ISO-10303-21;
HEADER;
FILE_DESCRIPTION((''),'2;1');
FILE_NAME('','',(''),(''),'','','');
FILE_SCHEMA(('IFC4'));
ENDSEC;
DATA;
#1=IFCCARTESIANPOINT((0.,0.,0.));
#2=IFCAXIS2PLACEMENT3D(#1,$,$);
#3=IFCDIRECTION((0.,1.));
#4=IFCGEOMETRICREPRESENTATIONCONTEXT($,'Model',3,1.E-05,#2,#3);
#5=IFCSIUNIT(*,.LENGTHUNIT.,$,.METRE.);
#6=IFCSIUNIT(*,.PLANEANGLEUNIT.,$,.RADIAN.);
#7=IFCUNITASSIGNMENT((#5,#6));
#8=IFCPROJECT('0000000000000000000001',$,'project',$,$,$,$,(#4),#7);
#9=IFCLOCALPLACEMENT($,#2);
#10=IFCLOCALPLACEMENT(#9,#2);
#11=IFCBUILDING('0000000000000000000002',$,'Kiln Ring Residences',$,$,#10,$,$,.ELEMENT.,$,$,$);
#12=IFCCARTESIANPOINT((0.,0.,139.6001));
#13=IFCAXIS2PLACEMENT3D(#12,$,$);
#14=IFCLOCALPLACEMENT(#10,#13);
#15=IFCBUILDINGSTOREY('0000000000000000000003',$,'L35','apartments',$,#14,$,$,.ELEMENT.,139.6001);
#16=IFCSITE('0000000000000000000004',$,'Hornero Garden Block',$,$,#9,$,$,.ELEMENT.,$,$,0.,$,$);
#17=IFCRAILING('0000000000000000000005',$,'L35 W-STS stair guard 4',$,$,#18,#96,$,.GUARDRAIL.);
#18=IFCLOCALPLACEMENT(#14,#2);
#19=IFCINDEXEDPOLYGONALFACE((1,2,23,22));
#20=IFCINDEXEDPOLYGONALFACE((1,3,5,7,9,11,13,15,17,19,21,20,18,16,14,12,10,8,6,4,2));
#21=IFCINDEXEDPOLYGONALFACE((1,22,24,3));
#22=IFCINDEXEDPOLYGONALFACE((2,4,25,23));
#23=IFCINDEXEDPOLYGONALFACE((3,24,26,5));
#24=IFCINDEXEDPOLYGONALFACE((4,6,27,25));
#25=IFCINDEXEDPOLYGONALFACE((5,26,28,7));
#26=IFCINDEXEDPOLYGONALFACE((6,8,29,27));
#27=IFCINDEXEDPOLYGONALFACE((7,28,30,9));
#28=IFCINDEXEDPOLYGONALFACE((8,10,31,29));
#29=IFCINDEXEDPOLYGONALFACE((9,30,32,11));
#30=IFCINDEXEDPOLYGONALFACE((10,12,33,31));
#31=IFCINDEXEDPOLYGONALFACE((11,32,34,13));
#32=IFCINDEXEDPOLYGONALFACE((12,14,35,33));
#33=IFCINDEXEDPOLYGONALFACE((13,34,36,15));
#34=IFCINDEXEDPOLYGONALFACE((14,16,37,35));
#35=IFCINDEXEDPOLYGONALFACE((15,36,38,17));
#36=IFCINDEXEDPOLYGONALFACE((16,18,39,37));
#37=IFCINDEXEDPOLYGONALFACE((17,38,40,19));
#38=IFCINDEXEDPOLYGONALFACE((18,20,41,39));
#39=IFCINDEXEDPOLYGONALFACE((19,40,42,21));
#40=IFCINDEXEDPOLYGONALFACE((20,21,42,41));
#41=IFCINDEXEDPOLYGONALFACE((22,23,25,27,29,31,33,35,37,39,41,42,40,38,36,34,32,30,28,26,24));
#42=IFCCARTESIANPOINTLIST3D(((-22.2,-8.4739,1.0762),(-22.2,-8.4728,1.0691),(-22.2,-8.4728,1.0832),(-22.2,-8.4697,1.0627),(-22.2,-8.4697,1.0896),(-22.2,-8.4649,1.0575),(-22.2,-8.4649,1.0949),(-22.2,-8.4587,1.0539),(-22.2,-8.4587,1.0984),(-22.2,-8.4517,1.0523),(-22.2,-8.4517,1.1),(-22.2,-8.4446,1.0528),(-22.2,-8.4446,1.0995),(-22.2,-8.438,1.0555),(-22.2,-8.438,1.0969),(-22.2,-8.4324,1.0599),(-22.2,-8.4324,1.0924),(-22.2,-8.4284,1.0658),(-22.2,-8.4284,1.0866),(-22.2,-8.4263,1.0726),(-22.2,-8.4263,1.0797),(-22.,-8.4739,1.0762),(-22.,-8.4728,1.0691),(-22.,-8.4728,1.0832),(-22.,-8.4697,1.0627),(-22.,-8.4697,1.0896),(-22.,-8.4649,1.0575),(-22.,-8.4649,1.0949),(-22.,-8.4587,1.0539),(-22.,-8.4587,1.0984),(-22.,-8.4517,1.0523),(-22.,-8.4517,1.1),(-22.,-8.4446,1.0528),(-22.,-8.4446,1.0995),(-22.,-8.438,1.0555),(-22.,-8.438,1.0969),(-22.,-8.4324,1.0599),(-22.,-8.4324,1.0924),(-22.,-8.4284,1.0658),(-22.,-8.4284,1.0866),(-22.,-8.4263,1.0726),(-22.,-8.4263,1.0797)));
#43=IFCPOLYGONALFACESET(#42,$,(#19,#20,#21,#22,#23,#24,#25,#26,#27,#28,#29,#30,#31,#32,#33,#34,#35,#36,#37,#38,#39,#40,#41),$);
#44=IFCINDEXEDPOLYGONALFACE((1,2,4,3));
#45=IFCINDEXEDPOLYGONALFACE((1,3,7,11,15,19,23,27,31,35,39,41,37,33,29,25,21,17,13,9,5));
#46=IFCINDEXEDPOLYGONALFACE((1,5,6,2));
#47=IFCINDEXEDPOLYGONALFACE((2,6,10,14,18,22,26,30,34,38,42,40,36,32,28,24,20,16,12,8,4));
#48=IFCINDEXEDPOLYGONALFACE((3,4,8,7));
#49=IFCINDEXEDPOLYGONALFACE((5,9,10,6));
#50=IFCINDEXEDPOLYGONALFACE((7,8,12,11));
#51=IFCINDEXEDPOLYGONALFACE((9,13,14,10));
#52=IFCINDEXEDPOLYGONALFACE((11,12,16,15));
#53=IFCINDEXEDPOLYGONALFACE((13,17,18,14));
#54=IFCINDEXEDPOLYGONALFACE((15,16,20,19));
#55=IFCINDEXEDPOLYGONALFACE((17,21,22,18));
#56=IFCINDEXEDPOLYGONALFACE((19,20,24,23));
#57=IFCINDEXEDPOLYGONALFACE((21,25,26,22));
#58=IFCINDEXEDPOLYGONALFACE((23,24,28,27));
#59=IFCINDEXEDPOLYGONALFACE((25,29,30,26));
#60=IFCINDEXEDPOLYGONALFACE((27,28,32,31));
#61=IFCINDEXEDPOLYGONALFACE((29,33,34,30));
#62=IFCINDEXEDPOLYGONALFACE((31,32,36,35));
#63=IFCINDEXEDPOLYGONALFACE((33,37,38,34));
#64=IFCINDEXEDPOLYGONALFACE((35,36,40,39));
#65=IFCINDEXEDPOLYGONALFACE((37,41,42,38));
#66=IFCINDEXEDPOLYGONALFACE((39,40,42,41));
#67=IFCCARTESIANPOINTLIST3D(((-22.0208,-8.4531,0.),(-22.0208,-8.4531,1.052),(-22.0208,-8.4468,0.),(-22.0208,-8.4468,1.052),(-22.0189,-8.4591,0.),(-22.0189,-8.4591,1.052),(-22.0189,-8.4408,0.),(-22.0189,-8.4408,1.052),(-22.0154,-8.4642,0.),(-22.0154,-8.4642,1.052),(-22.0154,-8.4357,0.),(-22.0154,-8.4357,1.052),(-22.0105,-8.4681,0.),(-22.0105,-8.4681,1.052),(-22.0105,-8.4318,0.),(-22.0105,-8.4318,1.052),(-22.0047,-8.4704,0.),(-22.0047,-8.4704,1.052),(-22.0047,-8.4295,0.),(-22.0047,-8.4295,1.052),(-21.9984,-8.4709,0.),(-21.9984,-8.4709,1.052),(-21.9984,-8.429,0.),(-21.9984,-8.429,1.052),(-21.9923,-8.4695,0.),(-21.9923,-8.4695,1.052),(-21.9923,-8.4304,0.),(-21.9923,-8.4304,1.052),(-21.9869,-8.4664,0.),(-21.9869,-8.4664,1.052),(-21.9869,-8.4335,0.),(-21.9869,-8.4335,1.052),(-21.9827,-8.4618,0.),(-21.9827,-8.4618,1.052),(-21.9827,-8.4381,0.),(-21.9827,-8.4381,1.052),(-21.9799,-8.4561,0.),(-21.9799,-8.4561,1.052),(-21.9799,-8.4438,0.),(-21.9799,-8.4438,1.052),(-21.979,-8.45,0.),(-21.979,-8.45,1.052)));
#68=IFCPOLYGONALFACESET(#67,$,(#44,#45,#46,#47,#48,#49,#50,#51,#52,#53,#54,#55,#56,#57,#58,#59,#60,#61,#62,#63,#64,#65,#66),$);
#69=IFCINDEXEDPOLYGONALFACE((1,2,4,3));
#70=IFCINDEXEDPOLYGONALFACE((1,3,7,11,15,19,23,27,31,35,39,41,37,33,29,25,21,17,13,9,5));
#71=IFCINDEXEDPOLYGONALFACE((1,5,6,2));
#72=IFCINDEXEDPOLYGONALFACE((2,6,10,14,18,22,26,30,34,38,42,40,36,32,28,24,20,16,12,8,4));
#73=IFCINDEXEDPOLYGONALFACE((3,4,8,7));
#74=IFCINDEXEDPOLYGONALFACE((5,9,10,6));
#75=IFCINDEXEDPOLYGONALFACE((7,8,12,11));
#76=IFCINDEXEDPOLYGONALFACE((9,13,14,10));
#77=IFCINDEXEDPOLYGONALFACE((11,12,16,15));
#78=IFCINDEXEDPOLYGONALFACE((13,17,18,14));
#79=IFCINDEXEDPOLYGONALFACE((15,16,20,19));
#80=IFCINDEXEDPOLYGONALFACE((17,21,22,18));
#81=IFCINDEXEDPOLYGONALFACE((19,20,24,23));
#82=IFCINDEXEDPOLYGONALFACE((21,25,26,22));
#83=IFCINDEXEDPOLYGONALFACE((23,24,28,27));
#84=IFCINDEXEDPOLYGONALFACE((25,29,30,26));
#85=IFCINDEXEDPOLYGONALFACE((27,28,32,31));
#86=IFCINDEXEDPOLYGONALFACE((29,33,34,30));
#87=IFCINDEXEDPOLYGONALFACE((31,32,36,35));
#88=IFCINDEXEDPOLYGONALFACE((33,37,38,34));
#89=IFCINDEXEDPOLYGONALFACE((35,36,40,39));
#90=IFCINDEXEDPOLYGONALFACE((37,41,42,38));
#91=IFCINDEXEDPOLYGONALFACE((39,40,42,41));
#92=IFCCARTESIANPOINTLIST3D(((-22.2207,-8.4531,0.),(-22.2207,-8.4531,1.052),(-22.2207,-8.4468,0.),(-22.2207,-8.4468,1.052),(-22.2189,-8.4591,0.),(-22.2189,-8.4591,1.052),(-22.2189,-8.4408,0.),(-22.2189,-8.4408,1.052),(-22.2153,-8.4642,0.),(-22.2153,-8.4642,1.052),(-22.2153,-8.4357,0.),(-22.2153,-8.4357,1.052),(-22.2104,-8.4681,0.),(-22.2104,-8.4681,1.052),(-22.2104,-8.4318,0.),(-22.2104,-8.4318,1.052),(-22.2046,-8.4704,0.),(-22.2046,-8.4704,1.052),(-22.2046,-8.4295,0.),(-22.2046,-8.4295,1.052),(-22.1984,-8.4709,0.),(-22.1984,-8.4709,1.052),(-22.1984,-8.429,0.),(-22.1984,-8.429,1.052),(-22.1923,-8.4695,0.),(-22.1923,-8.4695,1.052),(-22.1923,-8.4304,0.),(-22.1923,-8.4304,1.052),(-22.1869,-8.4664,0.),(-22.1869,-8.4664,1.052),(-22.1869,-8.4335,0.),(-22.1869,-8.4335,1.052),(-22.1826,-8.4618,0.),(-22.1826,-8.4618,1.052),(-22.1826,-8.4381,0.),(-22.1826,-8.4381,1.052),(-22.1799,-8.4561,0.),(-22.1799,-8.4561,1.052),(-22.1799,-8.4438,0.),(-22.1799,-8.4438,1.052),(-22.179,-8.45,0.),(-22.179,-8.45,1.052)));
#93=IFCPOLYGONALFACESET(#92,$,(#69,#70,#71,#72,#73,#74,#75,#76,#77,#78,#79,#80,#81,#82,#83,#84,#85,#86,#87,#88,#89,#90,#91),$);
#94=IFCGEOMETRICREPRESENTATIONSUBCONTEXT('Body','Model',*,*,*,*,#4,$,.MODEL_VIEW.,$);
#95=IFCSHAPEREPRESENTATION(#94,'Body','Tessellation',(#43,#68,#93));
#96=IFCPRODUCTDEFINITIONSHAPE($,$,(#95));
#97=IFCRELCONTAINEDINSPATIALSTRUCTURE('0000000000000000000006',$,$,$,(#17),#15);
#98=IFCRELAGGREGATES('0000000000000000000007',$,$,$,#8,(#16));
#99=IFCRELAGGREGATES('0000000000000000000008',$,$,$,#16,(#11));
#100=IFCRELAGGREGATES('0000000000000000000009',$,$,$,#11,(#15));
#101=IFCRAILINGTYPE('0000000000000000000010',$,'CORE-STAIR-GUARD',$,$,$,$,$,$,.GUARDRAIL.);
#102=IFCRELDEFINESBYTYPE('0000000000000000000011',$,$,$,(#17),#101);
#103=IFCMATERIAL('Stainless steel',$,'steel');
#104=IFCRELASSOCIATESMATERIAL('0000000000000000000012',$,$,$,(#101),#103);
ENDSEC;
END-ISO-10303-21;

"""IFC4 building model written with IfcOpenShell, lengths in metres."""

from ifc_helpers import new_model, si_unit, direction, frame, origin, origin_2d, place, context, subcontext, project, spatial, circle, extrude, material, type_object, element, save


model = new_model("IFC4")

# Units and contexts
model_context = context("Model", 3, precision=1e-05, world=origin(), true_north=direction((0.0, 1.0)))
body_context = subcontext(model_context, "Body", "Model", "MODEL_VIEW")
ifc_project = project(units=[si_unit("LENGTHUNIT", "METRE"), si_unit("PLANEANGLEUNIT", "RADIAN")], contexts=[model_context])

# Site, building, storey
site_placement = place(None, origin())
site = spatial("IfcSite", under=ifc_project, at=site_placement, Name="Hornero Garden Block", CompositionType="ELEMENT", RefElevation=0.0)
building_placement = place(site_placement, origin())
building = spatial("IfcBuilding", under=site, at=building_placement, Name="Kiln Ring Residences", CompositionType="ELEMENT")
storey_placement = place(building_placement, frame((0.0, 0.0, 139.6001)))
storey = spatial("IfcBuildingStorey", under=building, at=storey_placement, Name="L35", Description="apartments", CompositionType="ELEMENT", Elevation=139.6001)

# Railing
ifc_material_1 = material(Name="Stainless steel", Category="steel")
railing_type_1 = type_object("IfcRailingType", Name="CORE-STAIR-GUARD", PredefinedType="GUARDRAIL", material=ifc_material_1)
railing_1_placement = place(storey_placement, frame((-22.0, -8.45, 0.0)))
element("IfcRailing", 1, at=railing_1_placement, inside=storey, type_object=railing_type_1, Name="L35 W-STS stair guard 4", PredefinedType="GUARDRAIL", context=body_context, shape_type="SweptSolid", body=[
    extrude(circle(Radius=0.0239, at=origin_2d()), frame((0.0, 0.0, 1.0762), z_axis=(-1.0, 0.0, 0.0), x_axis=(0.0, -1.0, 0.0)), (0.0, 0.0, 1.0), 0.2),
    extrude(circle(Radius=0.021, at=origin_2d()), origin(), (0.0, 0.0, 1.0), 1.052),
    extrude(circle(Radius=0.021, at=origin_2d()), frame((-0.2, 0.0, 0.0)), (0.0, 0.0, 1.0), 1.052),
])

save(model, "model.ifc")
